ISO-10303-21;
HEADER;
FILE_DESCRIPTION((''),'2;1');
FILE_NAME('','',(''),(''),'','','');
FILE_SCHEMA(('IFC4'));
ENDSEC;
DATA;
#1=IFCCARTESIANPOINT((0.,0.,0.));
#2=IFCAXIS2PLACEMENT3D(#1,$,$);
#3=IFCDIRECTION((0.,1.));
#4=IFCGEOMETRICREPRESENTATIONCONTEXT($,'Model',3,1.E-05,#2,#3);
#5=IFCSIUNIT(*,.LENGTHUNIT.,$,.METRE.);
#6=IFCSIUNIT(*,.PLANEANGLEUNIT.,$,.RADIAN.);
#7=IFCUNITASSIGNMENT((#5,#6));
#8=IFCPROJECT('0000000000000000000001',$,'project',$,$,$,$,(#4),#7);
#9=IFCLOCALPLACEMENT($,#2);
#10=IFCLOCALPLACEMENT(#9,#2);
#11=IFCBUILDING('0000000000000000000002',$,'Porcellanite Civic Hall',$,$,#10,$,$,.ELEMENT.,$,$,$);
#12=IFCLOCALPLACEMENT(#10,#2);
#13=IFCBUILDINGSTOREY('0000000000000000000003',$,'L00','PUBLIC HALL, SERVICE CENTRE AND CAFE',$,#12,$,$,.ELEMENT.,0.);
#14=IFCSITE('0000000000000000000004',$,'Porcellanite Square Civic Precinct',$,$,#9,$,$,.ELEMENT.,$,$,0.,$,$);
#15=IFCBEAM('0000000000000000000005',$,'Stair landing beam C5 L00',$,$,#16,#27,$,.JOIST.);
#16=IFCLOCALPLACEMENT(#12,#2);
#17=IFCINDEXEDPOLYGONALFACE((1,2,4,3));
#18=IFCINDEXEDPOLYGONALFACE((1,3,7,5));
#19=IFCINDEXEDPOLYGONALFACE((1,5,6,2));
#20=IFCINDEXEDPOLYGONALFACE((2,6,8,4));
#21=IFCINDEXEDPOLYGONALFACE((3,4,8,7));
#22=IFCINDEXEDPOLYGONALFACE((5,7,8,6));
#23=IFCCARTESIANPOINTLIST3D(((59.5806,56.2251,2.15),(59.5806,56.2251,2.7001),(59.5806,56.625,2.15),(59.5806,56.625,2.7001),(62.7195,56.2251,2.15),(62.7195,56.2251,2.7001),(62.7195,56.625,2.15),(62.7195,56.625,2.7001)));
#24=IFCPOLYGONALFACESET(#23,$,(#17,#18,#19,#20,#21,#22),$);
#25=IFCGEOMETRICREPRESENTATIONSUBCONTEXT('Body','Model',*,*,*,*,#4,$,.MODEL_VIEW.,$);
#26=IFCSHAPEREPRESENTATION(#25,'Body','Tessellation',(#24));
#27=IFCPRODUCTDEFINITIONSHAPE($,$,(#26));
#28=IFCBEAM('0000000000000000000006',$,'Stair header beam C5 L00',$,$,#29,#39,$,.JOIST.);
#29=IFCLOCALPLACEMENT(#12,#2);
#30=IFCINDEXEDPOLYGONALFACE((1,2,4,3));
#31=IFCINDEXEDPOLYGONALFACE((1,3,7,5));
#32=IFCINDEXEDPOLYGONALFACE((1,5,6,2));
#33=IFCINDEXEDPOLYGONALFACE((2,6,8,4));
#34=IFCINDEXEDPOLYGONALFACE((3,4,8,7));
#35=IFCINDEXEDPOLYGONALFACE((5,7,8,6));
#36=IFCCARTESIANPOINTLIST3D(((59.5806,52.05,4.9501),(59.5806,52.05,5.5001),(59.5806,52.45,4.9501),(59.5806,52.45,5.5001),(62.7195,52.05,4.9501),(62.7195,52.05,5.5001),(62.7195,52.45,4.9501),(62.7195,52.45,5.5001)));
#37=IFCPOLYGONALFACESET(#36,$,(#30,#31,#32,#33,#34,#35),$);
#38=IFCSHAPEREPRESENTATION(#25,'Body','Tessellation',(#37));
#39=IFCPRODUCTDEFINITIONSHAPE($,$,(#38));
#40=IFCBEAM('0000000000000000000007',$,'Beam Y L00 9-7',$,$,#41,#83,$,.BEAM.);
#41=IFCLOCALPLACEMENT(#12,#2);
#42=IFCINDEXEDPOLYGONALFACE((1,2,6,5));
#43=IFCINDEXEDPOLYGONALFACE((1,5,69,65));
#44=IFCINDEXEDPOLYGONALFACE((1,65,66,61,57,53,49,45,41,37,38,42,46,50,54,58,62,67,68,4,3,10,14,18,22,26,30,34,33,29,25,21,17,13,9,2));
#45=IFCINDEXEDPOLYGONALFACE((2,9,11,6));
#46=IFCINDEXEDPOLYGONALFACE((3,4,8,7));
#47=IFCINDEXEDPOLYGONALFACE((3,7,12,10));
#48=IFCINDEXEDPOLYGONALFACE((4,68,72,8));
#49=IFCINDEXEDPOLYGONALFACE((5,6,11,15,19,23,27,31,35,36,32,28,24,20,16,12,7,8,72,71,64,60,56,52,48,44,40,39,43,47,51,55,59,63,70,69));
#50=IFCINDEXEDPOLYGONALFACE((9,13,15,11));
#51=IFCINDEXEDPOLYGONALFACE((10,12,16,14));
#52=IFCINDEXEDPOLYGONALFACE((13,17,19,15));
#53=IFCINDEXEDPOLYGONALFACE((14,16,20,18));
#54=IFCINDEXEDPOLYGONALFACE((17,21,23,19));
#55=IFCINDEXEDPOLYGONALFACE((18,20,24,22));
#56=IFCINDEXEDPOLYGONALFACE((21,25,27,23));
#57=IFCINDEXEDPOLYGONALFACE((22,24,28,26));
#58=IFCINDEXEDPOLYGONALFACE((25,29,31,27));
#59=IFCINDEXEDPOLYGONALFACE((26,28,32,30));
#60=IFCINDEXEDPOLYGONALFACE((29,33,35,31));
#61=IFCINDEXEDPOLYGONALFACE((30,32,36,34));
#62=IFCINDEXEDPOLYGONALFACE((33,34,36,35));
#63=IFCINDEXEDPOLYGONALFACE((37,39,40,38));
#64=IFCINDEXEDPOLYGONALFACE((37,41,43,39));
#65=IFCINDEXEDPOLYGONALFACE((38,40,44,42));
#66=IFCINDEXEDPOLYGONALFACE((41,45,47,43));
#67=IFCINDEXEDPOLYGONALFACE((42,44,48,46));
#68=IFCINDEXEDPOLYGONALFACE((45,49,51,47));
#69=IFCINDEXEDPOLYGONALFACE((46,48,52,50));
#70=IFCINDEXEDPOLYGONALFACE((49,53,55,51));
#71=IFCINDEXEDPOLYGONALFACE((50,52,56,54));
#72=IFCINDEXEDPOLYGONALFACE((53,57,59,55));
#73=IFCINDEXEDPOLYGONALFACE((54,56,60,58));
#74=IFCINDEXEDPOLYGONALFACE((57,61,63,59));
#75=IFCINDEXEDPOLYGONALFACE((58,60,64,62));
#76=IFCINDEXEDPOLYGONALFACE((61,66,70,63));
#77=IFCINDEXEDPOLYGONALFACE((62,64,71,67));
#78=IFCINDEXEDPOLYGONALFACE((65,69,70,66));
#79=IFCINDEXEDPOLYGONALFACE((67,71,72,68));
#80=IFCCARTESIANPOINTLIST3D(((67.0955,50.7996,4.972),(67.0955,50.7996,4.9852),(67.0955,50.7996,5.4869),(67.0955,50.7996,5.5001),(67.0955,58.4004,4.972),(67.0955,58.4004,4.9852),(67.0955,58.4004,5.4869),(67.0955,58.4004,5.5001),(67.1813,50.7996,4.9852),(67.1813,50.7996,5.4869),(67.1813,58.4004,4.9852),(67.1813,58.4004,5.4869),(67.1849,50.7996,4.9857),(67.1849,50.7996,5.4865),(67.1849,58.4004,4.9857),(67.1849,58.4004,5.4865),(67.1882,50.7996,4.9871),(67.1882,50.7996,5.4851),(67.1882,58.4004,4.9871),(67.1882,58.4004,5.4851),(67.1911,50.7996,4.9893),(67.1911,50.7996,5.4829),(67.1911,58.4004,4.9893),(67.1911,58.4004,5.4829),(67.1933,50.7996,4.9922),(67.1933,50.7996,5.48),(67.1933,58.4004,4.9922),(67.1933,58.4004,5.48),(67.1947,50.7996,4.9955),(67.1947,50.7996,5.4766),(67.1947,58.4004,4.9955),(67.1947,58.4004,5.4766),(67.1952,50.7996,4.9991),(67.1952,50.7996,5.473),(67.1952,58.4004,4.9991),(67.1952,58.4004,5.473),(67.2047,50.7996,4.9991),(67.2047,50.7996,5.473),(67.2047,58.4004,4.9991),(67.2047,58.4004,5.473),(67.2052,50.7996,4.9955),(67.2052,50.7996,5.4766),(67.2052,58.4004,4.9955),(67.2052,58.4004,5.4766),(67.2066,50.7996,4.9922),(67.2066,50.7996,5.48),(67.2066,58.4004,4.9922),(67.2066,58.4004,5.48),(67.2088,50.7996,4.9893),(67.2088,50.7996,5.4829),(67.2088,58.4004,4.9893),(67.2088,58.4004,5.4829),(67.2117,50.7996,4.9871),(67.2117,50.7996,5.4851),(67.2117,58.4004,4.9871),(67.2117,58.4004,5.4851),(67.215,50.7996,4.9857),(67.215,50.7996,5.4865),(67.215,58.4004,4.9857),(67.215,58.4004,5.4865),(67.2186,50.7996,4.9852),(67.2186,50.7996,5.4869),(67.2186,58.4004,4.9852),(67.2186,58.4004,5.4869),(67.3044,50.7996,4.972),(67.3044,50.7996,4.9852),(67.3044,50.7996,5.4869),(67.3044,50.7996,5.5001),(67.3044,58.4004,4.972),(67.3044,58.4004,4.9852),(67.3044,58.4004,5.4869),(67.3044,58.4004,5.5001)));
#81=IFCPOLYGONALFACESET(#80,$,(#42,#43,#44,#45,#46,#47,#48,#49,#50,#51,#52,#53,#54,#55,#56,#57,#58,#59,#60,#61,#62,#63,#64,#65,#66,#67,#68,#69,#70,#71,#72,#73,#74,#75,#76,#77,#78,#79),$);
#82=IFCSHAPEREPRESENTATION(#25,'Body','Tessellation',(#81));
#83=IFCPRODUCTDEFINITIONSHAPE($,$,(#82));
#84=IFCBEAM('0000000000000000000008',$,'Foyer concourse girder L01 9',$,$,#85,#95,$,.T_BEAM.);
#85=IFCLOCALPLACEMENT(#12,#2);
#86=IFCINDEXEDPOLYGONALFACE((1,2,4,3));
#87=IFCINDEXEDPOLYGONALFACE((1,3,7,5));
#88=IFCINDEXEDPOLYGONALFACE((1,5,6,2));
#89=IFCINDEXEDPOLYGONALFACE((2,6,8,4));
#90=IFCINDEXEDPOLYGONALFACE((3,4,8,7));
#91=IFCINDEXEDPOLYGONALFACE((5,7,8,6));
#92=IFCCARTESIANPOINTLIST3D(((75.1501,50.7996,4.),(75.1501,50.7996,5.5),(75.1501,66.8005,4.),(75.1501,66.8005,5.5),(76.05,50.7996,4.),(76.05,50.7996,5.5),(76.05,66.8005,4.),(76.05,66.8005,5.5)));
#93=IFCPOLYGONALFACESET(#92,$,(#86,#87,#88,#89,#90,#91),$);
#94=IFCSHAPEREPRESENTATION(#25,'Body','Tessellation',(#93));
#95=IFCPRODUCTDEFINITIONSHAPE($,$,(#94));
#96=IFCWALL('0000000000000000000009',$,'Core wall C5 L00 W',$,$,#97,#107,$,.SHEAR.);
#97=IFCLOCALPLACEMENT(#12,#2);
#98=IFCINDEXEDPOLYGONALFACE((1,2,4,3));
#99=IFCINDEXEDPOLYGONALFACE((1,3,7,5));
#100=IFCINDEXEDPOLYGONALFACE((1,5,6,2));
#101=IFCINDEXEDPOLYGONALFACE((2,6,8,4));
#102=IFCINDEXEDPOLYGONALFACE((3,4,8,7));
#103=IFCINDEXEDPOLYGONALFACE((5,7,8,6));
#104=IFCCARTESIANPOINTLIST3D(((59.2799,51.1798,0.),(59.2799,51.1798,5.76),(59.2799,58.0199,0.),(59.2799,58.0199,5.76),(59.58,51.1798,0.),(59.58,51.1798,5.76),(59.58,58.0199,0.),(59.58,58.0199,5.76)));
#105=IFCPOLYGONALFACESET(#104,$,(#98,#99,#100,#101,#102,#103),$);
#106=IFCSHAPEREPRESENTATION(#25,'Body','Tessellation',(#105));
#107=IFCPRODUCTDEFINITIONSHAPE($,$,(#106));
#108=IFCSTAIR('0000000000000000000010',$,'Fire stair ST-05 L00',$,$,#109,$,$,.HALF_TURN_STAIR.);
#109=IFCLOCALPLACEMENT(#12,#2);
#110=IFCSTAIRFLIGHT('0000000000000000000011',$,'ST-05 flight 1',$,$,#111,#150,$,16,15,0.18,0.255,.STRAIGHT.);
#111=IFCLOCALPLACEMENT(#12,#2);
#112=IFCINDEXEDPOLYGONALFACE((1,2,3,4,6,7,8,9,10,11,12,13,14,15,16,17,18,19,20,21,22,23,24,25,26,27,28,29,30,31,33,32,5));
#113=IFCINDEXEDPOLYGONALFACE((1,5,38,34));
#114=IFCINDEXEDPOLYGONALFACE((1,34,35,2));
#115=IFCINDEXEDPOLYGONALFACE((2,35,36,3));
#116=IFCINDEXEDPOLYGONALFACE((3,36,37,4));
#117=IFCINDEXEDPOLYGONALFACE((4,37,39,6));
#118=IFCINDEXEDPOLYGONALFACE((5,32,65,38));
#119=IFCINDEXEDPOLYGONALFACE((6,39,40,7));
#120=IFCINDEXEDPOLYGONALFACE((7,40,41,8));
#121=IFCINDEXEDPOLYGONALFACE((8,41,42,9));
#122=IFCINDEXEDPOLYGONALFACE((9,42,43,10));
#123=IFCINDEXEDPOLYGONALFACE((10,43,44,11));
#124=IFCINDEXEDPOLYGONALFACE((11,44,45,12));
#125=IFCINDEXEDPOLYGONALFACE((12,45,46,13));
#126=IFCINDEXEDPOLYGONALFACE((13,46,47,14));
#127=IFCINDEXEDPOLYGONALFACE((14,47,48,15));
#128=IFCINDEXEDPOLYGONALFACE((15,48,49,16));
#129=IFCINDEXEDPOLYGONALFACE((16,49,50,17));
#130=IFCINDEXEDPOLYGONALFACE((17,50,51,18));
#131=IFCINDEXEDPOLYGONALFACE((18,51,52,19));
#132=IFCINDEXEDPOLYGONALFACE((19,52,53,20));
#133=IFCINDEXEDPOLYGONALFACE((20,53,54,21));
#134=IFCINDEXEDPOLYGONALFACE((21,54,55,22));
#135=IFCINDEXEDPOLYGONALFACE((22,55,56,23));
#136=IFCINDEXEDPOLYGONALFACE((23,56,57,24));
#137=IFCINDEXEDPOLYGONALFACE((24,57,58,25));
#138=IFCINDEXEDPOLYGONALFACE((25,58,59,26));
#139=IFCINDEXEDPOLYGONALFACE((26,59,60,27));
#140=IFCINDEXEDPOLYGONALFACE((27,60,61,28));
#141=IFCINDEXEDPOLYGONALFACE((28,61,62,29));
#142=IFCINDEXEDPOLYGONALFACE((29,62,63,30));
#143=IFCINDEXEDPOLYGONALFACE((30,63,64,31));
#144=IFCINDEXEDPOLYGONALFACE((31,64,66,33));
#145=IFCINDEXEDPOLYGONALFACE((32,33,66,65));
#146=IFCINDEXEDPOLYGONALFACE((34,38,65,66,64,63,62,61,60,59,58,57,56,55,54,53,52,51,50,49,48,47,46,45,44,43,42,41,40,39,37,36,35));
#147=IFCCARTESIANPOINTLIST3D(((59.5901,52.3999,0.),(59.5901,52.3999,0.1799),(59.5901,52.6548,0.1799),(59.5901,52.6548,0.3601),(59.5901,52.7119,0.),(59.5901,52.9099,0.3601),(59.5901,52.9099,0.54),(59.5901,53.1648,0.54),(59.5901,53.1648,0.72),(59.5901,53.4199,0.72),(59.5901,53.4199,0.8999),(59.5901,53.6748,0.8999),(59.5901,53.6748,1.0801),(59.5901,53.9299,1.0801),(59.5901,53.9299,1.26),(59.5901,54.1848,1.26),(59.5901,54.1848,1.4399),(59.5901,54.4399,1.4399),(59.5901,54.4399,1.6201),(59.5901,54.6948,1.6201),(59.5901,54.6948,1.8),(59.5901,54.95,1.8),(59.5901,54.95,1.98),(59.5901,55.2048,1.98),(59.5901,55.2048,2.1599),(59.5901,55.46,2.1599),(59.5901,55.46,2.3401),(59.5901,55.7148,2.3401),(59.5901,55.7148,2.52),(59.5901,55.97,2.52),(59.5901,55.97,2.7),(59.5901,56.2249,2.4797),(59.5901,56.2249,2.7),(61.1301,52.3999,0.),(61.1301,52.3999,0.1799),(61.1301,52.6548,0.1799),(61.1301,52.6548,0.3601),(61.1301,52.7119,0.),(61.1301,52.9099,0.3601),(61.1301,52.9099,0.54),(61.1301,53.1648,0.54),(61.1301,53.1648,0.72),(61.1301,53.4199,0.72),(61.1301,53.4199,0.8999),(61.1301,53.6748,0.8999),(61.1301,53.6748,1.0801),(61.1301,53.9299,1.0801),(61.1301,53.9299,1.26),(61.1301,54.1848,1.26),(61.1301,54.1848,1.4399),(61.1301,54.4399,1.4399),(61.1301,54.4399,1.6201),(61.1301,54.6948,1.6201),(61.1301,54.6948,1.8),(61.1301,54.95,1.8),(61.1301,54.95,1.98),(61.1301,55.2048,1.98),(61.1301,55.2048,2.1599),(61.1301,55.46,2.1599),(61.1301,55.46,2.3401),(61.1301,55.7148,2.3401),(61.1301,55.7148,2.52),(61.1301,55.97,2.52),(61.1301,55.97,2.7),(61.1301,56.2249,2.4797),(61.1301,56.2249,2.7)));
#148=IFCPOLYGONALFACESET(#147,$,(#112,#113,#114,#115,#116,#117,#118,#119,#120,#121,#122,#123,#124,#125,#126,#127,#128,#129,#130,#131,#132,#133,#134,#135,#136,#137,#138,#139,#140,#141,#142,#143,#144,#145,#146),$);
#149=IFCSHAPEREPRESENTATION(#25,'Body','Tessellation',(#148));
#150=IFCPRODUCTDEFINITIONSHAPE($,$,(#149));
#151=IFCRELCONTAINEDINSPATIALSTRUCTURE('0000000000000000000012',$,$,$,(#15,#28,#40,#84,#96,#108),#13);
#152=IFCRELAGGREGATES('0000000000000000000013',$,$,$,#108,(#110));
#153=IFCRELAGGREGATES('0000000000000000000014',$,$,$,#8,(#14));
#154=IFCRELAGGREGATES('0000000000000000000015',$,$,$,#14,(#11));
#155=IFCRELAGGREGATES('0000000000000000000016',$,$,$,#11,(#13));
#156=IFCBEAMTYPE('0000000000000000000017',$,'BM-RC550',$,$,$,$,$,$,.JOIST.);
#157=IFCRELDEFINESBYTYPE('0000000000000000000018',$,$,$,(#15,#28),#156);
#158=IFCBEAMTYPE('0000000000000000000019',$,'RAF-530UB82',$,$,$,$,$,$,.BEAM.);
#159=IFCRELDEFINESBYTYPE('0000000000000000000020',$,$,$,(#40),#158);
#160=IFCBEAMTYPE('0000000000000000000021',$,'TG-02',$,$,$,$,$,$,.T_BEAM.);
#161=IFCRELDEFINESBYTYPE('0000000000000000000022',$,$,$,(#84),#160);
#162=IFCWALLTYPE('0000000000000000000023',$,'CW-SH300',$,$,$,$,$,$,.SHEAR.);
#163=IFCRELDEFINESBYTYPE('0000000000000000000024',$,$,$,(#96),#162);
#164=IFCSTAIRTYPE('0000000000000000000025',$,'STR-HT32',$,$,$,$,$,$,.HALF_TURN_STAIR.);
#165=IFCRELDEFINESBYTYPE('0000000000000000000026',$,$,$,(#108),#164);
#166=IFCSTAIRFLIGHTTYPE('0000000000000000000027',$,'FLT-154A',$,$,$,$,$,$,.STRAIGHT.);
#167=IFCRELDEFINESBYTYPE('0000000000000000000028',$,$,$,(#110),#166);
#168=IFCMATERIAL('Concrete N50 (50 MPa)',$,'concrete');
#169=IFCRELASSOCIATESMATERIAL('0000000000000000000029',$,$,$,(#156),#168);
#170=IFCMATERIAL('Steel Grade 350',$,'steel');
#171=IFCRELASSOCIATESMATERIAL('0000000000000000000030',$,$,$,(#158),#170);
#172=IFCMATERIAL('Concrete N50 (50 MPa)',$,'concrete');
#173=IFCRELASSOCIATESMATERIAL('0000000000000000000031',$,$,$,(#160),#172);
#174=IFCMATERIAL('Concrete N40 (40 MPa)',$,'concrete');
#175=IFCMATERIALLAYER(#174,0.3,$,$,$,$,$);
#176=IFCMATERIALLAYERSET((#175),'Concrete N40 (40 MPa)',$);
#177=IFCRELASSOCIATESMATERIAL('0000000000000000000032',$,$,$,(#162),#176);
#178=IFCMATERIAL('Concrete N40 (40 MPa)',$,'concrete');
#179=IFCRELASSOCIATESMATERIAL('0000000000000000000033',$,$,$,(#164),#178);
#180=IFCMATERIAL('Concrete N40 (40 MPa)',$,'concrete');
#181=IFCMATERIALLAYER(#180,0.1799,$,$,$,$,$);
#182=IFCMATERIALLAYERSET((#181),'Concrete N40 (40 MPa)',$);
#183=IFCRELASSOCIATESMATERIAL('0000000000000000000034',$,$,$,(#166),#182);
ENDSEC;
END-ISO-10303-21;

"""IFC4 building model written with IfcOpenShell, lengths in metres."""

from ifc_helpers import new_model, si_unit, direction, frame, frame_2d, origin, origin_2d, place, context, subcontext, project, spatial, polyline, rectangle, i_section, outline, extrude, material, layer, layer_set, material_profile, profile_set, type_object, element, aggregate, save


model = new_model("IFC4")

# Units and contexts
model_context = context("Model", 3, precision=1e-05, world=origin(), true_north=direction((0.0, 1.0)))
body_context = subcontext(model_context, "Body", "Model", "MODEL_VIEW")
ifc_project = project(units=[si_unit("LENGTHUNIT", "METRE"), si_unit("PLANEANGLEUNIT", "RADIAN")], contexts=[model_context])

# Site, building, storey
site_placement = place(None, origin())
site = spatial("IfcSite", under=ifc_project, at=site_placement, Name="Porcellanite Square Civic Precinct", CompositionType="ELEMENT", RefElevation=0.0)
building_placement = place(site_placement, origin())
building = spatial("IfcBuilding", under=site, at=building_placement, Name="Porcellanite Civic Hall", CompositionType="ELEMENT")
storey_placement = place(building_placement, origin())
storey = spatial("IfcBuildingStorey", under=building, at=storey_placement, Name="L00", Description="PUBLIC HALL, SERVICE CENTRE AND CAFE", CompositionType="ELEMENT", Elevation=0.0)

# Beams
ifc_material_1 = material(Name="Concrete N50 (50 MPa)", Category="concrete")
ifc_material_profile_1 = material_profile(ifc_material_1, rectangle(XDim=0.3999, YDim=0.55, at=origin_2d()), Name="RC-400x550")
ifc_profile_set_1 = profile_set([ifc_material_profile_1], Name="Concrete N50 (50 MPa)")
beam_type_1 = type_object("IfcBeamType", Name="BM-RC550", PredefinedType="JOIST", material=ifc_profile_set_1)
for number, where, z_axis, x_axis, name in (
    (1, (59.5806, 56.425, 2.425), (1.0, 0.0, 0.0), (0.0, 1.0, 0.0), "Stair landing beam C5 L00"),
    (2, (59.5806, 52.25, 5.2251), (1.0, 0.0, 0.0), (0.0, 1.0, 0.0), "Stair header beam C5 L00"),
):
    element("IfcBeam", number, at=place(storey_placement, frame(where, z_axis=z_axis, x_axis=x_axis)), inside=storey, type_object=beam_type_1, Name=name, PredefinedType="JOIST", context=body_context, shape_type="SweptSolid", body=[
        extrude(rectangle(XDim=0.3999, YDim=0.55, at=origin_2d()), origin(), (0.0, 0.0, 1.0), 3.1389),
    ])
ifc_material_2 = material(Name="Steel Grade 350", Category="steel")
ifc_material_profile_2 = material_profile(ifc_material_2, i_section(OverallWidth=0.209, OverallDepth=0.5281, WebThickness=0.0095, FlangeThickness=0.0132, FilletRadius=0.0139, at=origin_2d()), Name="530UB82.0")
ifc_profile_set_2 = profile_set([ifc_material_profile_2], Name="Steel Grade 350")
beam_type_2 = type_object("IfcBeamType", Name="RAF-530UB82", PredefinedType="BEAM", material=ifc_profile_set_2)
beam_1_placement = place(storey_placement, frame((67.2, 50.7996, 5.2361), z_axis=(0.0, 1.0, 0.0), x_axis=(-1.0, 0.0, 0.0)))
element("IfcBeam", 3, at=beam_1_placement, inside=storey, type_object=beam_type_2, Name="Beam Y L00 9-7", PredefinedType="BEAM", context=body_context, shape_type="SweptSolid", body=[
    extrude(i_section(OverallWidth=0.209, OverallDepth=0.5281, WebThickness=0.0095, FlangeThickness=0.0132, FilletRadius=0.0139, at=origin_2d()), origin(), (0.0, 0.0, 1.0), 7.6008),
])
ifc_material_3 = material(Name="Concrete N50 (50 MPa)", Category="concrete")
ifc_material_profile_3 = material_profile(ifc_material_3, rectangle(XDim=0.8999, YDim=1.5, at=origin_2d()), Name="RC-900x1500")
ifc_profile_set_3 = profile_set([ifc_material_profile_3], Name="Concrete N50 (50 MPa)")
beam_type_3 = type_object("IfcBeamType", Name="TG-02", PredefinedType="T_BEAM", material=ifc_profile_set_3)
beam_2_placement = place(storey_placement, frame((75.6001, 50.7996, 4.75), z_axis=(0.0, 1.0, 0.0), x_axis=(-1.0, 0.0, 0.0)))
element("IfcBeam", 4, at=beam_2_placement, inside=storey, type_object=beam_type_3, Name="Foyer concourse girder L01 9", PredefinedType="T_BEAM", context=body_context, shape_type="SweptSolid", body=[
    extrude(rectangle(XDim=0.8999, YDim=1.5, at=origin_2d()), origin(), (0.0, 0.0, 1.0), 16.001),
])

# Shared definitions
ifc_material_4 = material(Name="Concrete N40 (40 MPa)", Category="concrete")
ifc_layer_1 = layer(ifc_material_4, 0.3)
ifc_layer_set_1 = layer_set([ifc_layer_1], Name="Concrete N40 (40 MPa)")
wall_type_1 = type_object("IfcWallType", Name="CW-SH300", PredefinedType="SHEAR", material=ifc_layer_set_1)

# Wall
wall_1_placement = place(storey_placement, frame((59.4299, 51.1799, 0.0), z_axis=(0.0, 0.0, 1.0), x_axis=(0.0, 1.0, 0.0)))
element("IfcWall", 5, at=wall_1_placement, inside=storey, type_object=wall_type_1, Name="Core wall C5 L00 W", PredefinedType="SHEAR", context=body_context, shape_type="SweptSolid", body=[
    extrude(rectangle(XDim=6.8401, YDim=0.3, at=frame_2d((3.4199, 0.0))), origin(), (0.0, 0.0, 1.0), 5.76),
])

# Stair, stair flight
ifc_material_5 = material(Name="Concrete N40 (40 MPa)", Category="concrete")
stair_type = type_object("IfcStairType", Name="STR-HT32", PredefinedType="HALF_TURN_STAIR", material=ifc_material_5)
stair_placement = place(storey_placement, origin())
stair = element("IfcStair", 6, at=stair_placement, inside=storey, type_object=stair_type, Name="Fire stair ST-05 L00", PredefinedType="HALF_TURN_STAIR")
ifc_material_6 = material(Name="Concrete N40 (40 MPa)", Category="concrete")
ifc_layer_2 = layer(ifc_material_6, 0.1799)
ifc_layer_set_2 = layer_set([ifc_layer_2], Name="Concrete N40 (40 MPa)")
stair_flight_type = type_object("IfcStairFlightType", Name="FLT-154A", PredefinedType="STRAIGHT", material=ifc_layer_set_2)
stair_flight_1_placement = place(storey_placement, frame((60.3601, 52.3999, 0.0), z_axis=(0.0, 0.0, 1.0), x_axis=(0.0, 1.0, 0.0)))
stair_flight_1 = element("IfcStairFlight", 7, at=stair_flight_1_placement, type_object=stair_flight_type, Name="ST-05 flight 1", NumberOfRisers=16, NumberOfTreads=15, PredefinedType="STRAIGHT", RiserHeight=0.18, TreadLength=0.255, context=body_context, shape_type="SweptSolid", body=[
    extrude(outline(polyline([(0.0, 0.0), (0.0, 0.1799), (0.2549, 0.1799), (0.2549, 0.3601), (0.51, 0.3601), (0.51, 0.54), (0.7649, 0.54), (0.7649, 0.72), (1.02, 0.72), (1.02, 0.8999), (1.2749, 0.8999), (1.2749, 1.0801), (1.53, 1.0801), (1.53, 1.26), (1.7849, 1.26), (1.7849, 1.4399), (2.04, 1.4399), (2.04, 1.6201), (2.2949, 1.6201), (2.2949, 1.8), (2.55, 1.8), (2.55, 1.98), (2.8049, 1.98), (2.8049, 2.1599), (3.0601, 2.1599), (3.0601, 2.3401), (3.3149, 2.3401), (3.3149, 2.52), (3.5701, 2.52), (3.5701, 2.7), (3.825, 2.7), (3.825, 2.8799), (3.825, 2.4797), (0.312, 0.0), (0.0, 0.0)])), frame((0.0, 0.77, 0.0), z_axis=(0.0, -1.0, 0.0), x_axis=(1.0, 0.0, 0.0)), (0.0, 0.0, 1.0), 1.54),
])
aggregate(stair, [stair_flight_1])

save(model, "model.ifc")
